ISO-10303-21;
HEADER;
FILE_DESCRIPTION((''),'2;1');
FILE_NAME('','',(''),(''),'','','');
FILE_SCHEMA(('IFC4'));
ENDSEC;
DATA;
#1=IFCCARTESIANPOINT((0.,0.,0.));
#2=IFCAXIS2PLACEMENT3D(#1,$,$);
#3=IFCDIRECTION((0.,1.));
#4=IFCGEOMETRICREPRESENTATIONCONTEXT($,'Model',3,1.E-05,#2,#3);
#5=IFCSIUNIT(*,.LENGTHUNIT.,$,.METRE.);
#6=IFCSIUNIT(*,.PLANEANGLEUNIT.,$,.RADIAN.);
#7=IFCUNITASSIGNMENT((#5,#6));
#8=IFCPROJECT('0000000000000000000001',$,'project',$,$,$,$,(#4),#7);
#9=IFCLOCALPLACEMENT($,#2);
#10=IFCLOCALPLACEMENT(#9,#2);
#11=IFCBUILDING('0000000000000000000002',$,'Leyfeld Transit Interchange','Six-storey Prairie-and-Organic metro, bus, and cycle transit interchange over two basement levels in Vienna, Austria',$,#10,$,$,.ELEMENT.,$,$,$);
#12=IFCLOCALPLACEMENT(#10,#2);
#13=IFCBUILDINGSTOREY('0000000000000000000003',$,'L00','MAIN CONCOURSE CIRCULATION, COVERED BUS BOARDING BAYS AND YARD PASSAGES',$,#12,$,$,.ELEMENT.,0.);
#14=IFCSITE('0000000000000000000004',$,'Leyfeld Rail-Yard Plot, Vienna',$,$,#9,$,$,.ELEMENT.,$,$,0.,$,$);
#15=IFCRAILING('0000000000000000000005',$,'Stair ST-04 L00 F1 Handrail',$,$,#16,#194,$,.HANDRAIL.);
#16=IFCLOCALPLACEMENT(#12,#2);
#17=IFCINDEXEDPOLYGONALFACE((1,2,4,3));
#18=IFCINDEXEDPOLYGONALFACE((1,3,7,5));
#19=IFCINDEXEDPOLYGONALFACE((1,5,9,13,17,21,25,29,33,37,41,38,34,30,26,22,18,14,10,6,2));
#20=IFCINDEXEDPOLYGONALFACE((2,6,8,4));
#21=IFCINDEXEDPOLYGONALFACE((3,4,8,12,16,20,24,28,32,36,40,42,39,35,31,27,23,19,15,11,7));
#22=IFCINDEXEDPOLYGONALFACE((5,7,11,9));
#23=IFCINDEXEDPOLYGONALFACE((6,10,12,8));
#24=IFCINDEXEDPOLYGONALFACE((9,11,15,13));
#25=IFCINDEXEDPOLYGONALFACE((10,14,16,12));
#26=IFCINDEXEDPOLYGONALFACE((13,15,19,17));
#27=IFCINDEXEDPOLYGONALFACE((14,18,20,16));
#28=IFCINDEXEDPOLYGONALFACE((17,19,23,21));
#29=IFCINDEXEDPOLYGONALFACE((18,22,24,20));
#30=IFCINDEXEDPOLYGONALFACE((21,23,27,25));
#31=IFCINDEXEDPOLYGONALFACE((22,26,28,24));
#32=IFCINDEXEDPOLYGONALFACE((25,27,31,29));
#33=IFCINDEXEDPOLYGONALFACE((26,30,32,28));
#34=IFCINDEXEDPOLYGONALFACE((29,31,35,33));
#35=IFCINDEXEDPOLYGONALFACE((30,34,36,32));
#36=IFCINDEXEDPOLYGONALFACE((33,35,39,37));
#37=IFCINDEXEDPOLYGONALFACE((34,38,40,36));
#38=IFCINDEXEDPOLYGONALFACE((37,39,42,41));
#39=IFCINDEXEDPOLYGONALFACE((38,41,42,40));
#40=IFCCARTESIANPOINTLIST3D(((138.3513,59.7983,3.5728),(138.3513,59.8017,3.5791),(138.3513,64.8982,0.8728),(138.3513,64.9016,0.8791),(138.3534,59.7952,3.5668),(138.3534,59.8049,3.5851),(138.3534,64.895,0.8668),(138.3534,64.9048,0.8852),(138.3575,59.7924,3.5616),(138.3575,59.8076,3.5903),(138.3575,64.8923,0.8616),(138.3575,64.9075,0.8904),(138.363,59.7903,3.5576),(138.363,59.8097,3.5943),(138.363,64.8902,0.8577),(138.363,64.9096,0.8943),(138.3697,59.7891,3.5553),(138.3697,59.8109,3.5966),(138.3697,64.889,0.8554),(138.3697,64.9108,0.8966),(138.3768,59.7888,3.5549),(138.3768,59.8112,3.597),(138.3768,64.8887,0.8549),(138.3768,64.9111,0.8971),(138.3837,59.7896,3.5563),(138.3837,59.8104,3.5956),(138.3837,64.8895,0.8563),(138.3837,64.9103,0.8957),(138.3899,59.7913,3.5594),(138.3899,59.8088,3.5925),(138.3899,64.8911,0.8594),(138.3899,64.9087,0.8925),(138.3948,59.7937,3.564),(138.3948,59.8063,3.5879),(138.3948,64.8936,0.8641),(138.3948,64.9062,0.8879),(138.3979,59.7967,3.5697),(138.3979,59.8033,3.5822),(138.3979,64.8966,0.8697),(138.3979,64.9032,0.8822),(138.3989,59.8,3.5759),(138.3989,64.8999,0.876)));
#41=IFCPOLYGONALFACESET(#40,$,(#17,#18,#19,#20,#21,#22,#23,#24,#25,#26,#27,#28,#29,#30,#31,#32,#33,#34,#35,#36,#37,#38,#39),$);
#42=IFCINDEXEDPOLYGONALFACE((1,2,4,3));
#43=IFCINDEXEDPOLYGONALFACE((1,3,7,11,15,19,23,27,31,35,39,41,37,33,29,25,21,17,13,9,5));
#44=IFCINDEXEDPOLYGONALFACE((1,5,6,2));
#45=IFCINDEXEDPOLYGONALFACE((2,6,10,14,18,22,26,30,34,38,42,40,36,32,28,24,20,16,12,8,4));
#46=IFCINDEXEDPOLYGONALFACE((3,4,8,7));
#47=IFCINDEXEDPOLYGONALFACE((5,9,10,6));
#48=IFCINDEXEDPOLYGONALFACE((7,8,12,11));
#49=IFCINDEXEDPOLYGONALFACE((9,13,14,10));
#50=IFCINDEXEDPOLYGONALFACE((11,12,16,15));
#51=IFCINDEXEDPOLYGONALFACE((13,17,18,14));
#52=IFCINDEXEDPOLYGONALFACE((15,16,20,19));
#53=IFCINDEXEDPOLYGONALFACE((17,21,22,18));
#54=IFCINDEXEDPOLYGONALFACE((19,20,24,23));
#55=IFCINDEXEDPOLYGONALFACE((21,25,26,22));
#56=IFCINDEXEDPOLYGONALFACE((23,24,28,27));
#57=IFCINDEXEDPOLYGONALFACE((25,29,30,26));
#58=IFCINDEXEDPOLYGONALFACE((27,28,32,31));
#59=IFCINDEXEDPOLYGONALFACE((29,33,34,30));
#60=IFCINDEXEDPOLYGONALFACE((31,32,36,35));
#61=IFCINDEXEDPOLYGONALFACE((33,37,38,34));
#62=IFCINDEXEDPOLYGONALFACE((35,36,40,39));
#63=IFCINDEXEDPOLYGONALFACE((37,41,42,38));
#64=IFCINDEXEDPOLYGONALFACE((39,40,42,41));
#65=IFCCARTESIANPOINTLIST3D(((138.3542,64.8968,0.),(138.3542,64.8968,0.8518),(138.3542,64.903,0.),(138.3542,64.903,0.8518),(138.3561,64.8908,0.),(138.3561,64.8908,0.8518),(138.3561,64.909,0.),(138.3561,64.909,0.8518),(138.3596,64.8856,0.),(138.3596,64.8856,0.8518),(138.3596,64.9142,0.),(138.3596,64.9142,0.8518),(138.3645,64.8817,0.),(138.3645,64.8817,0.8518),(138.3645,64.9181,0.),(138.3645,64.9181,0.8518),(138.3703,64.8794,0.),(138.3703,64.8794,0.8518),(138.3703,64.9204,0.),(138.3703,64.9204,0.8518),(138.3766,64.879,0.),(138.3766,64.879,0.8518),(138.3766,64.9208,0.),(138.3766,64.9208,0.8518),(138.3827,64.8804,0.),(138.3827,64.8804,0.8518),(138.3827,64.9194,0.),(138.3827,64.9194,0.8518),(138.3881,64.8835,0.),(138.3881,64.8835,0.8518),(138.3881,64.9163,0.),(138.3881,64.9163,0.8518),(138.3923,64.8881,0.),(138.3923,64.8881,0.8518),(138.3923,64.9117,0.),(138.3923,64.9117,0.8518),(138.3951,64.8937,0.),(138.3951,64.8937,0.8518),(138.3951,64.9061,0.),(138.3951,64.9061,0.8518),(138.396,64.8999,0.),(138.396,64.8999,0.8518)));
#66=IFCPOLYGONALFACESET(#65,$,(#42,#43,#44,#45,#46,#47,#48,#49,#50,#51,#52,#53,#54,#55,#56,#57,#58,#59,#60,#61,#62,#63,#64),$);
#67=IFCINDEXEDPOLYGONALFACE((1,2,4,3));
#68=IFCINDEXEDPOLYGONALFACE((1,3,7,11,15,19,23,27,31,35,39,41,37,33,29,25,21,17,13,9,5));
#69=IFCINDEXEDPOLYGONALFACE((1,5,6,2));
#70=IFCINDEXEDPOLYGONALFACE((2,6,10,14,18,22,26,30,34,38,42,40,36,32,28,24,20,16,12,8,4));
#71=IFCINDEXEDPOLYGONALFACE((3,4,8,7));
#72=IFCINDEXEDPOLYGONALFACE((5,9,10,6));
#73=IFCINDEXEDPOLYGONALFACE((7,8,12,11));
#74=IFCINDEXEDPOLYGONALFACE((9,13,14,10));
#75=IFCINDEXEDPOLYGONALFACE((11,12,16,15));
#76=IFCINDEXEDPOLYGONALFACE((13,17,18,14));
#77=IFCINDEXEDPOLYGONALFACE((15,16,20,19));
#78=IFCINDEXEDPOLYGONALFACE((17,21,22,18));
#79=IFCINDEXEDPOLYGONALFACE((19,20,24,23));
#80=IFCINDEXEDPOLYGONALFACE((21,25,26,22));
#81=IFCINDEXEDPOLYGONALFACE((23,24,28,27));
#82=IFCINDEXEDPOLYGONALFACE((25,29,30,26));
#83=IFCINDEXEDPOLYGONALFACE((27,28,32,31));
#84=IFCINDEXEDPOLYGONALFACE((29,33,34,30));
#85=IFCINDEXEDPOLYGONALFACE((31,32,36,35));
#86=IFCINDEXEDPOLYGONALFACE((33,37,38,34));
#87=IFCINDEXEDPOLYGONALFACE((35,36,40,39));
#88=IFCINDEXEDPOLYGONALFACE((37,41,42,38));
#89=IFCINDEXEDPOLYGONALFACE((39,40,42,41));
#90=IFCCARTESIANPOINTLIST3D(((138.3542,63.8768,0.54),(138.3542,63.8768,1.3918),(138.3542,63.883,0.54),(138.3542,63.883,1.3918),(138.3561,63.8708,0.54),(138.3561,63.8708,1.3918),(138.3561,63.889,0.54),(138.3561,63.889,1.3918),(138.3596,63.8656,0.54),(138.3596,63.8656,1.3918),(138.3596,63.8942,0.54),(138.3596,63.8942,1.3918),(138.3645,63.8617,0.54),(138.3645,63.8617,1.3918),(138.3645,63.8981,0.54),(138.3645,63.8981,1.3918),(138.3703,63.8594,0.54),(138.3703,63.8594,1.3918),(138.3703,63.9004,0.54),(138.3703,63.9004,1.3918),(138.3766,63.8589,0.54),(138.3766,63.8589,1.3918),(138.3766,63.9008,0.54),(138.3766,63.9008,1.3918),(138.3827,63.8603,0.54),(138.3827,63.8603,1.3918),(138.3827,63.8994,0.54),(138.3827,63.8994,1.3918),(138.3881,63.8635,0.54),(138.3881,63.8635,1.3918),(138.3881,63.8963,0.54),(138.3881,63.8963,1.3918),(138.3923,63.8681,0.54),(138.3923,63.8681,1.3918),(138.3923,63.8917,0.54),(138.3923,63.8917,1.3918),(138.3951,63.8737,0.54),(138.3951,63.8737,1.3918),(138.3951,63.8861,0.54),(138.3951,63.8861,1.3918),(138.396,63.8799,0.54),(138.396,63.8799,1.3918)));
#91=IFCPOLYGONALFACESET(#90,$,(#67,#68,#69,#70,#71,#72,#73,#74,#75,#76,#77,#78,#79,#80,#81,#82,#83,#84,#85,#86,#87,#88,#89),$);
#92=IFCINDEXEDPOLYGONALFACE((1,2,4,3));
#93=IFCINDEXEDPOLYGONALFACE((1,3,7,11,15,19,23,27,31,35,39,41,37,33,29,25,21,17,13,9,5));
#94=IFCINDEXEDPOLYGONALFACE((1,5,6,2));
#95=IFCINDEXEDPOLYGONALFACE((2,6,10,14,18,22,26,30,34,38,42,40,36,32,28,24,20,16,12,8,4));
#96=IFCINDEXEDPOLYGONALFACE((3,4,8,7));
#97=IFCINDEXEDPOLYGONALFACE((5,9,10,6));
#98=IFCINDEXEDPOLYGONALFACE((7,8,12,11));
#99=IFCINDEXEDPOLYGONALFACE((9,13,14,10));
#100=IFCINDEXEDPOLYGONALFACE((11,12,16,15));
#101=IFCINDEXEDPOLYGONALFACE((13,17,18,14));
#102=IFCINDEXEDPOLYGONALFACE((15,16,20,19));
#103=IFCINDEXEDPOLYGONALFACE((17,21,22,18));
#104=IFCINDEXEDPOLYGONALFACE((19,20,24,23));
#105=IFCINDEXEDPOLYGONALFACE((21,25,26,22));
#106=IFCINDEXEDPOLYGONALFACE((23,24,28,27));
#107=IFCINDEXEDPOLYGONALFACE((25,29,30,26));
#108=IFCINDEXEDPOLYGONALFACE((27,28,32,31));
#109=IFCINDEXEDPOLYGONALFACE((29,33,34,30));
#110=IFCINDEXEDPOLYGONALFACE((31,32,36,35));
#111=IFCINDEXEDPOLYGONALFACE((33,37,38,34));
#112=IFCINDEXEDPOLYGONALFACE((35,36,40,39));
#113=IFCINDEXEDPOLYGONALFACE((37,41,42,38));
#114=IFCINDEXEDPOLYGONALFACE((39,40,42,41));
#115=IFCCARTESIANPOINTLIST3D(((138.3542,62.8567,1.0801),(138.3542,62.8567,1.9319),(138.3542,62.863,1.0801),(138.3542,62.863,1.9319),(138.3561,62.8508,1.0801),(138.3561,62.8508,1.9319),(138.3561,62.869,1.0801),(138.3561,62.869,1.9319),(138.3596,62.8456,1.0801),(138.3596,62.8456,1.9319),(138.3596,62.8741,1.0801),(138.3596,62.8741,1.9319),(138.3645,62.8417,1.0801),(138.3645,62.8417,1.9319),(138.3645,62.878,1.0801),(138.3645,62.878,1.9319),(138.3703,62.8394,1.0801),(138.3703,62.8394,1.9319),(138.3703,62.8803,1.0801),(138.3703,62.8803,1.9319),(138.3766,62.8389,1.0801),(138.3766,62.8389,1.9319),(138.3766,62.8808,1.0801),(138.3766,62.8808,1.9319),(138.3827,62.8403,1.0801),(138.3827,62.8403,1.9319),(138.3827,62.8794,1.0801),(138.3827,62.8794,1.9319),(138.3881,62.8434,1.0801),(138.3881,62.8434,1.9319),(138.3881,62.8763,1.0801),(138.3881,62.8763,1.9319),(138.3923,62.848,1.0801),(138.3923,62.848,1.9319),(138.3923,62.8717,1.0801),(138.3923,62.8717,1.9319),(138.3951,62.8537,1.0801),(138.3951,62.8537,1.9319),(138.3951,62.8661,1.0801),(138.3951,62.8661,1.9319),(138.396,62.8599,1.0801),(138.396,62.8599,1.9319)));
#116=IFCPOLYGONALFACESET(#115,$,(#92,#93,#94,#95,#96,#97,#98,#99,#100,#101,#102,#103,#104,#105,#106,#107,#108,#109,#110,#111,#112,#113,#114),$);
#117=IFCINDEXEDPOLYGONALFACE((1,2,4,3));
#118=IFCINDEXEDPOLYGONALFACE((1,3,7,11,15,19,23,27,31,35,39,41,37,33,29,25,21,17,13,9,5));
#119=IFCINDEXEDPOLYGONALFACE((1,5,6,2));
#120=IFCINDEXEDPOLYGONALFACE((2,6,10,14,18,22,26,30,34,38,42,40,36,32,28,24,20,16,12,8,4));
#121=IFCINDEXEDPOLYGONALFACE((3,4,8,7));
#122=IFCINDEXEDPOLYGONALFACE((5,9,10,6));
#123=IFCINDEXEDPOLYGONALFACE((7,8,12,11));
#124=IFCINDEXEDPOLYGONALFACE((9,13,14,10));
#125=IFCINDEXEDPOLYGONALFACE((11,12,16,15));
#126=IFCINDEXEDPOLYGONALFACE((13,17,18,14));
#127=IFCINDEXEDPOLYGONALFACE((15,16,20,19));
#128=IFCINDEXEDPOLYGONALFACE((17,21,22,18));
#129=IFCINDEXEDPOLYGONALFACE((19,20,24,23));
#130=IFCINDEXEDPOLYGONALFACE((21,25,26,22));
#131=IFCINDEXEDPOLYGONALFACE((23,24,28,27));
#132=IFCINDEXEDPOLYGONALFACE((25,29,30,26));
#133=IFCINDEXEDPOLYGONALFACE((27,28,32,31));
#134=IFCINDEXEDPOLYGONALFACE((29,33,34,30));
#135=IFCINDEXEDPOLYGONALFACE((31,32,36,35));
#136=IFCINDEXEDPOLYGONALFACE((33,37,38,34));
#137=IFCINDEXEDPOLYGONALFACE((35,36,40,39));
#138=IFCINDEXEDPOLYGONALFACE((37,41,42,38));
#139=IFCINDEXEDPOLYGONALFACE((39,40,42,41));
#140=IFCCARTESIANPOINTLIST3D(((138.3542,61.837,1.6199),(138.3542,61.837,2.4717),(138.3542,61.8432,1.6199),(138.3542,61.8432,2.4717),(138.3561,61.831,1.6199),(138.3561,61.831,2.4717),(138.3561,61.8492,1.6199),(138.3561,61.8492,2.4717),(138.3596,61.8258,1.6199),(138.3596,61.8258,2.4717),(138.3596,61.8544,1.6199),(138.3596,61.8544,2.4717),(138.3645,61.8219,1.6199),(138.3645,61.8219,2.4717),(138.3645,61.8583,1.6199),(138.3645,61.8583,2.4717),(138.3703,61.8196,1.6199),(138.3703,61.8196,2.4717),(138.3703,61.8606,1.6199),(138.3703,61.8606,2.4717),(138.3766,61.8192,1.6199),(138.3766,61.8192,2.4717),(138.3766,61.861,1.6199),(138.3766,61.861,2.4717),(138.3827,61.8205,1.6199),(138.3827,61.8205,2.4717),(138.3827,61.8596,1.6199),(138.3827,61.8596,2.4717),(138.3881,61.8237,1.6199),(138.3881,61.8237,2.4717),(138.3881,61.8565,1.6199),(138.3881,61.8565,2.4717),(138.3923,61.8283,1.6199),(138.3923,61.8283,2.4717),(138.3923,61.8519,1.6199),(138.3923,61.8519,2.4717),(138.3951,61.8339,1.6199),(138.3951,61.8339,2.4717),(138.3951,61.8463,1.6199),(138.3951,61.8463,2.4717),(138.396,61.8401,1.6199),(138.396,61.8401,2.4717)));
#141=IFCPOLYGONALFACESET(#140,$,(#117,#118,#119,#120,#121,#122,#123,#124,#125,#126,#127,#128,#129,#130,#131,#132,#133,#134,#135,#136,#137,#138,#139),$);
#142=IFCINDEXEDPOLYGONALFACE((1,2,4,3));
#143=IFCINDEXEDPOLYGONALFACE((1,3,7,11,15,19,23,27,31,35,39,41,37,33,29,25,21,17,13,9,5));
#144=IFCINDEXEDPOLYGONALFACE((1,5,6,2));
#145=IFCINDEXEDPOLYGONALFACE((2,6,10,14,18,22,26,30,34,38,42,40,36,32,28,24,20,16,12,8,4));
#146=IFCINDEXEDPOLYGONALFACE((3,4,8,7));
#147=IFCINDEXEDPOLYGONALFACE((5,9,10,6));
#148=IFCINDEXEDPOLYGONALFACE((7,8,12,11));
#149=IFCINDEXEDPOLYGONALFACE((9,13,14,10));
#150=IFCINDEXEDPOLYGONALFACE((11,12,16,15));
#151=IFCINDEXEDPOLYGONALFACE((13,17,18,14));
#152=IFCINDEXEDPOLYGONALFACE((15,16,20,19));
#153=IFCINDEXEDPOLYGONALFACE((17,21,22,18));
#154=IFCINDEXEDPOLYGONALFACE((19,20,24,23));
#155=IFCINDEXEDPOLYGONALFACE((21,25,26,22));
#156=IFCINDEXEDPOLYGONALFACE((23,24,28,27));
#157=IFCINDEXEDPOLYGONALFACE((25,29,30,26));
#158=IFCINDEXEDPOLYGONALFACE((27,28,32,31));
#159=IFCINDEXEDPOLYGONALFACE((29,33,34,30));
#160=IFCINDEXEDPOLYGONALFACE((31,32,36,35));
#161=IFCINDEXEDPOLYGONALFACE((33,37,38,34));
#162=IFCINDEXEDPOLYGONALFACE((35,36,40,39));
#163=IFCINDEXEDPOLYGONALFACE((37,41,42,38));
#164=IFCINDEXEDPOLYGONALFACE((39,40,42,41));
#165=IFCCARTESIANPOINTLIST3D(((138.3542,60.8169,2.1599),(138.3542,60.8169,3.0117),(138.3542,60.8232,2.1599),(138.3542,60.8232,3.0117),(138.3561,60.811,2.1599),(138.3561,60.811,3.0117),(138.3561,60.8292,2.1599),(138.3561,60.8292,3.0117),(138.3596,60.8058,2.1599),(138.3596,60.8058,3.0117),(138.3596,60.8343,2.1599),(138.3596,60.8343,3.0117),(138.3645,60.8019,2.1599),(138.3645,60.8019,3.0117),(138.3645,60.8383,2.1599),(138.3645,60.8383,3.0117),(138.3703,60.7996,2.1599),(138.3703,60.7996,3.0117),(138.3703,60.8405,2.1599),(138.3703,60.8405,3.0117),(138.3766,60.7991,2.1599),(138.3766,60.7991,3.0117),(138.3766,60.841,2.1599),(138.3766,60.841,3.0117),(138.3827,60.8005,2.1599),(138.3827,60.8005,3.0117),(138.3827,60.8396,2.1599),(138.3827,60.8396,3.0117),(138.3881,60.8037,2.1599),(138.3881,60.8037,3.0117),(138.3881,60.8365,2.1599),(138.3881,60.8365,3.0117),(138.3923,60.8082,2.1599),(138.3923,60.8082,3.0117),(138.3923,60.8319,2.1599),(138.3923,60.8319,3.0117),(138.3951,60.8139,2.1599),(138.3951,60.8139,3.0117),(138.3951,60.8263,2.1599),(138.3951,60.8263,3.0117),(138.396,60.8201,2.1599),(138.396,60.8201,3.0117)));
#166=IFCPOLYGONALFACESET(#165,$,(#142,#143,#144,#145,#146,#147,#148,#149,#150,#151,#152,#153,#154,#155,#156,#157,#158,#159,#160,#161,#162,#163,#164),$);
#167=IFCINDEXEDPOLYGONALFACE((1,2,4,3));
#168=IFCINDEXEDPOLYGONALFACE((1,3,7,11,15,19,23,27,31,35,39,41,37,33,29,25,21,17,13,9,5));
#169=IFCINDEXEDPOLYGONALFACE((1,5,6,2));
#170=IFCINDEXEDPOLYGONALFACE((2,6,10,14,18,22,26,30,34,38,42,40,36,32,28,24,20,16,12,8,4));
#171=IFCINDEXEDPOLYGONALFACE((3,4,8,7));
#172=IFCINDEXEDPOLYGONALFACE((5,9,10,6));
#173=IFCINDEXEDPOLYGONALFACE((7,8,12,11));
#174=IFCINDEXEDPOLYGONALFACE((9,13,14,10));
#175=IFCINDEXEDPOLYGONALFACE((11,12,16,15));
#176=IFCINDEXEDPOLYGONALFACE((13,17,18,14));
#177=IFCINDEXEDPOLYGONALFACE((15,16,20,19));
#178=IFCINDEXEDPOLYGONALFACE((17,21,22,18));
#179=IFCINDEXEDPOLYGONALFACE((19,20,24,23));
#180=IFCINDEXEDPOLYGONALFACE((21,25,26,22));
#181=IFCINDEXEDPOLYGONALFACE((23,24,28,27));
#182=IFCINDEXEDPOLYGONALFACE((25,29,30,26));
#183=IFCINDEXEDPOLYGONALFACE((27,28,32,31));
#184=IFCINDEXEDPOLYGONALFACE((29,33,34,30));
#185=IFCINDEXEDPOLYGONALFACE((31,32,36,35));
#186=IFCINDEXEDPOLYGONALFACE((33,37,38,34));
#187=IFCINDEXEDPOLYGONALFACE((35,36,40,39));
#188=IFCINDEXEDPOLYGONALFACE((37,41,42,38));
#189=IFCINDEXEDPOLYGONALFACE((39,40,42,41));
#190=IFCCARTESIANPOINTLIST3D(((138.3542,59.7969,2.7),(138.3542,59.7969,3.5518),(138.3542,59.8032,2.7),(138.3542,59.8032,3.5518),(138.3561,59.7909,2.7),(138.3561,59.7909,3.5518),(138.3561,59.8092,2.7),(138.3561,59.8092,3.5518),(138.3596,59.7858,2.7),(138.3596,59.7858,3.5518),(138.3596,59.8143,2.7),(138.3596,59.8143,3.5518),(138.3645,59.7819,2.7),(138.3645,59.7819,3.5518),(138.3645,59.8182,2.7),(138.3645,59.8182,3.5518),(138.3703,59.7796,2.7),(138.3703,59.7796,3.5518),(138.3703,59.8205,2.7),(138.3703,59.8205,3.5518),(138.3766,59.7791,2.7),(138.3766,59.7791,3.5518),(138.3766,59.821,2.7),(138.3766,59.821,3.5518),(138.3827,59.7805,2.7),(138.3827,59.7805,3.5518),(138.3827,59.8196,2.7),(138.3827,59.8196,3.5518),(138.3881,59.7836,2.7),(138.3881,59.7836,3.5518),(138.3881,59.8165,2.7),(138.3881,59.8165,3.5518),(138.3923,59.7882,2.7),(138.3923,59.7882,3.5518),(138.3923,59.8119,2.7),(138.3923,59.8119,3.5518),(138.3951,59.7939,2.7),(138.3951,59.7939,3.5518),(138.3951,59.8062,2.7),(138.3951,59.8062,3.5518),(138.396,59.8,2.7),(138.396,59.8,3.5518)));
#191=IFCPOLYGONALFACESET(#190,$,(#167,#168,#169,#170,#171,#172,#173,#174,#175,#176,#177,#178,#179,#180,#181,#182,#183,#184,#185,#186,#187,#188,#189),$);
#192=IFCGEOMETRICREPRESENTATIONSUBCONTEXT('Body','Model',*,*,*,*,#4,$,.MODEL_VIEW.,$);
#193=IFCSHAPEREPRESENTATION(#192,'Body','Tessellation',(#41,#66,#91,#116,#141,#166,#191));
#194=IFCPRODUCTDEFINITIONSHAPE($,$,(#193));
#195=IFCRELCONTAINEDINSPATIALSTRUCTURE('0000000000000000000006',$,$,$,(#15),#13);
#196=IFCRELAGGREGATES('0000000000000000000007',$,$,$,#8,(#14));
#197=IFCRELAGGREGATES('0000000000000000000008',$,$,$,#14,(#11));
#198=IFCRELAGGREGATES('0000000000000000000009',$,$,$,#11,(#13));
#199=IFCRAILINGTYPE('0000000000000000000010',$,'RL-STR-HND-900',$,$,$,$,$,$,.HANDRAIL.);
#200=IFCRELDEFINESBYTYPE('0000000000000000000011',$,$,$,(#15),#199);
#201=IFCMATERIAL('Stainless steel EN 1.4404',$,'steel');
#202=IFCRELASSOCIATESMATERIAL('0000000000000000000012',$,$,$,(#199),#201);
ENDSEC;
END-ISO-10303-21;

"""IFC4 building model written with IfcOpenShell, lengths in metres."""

from ifc_helpers import new_model, si_unit, direction, frame, origin, origin_2d, place, context, subcontext, project, spatial, circle, extrude, material, type_object, element, save


model = new_model("IFC4")

# Units and contexts
model_context = context("Model", 3, precision=1e-05, world=origin(), true_north=direction((0.0, 1.0)))
body_context = subcontext(model_context, "Body", "Model", "MODEL_VIEW")
ifc_project = project(units=[si_unit("LENGTHUNIT", "METRE"), si_unit("PLANEANGLEUNIT", "RADIAN")], contexts=[model_context])

# Site, building, storey
site_placement = place(None, origin())
site = spatial("IfcSite", under=ifc_project, at=site_placement, Name="Leyfeld Rail-Yard Plot, Vienna", CompositionType="ELEMENT", RefElevation=0.0)
building_placement = place(site_placement, origin())
building = spatial("IfcBuilding", under=site, at=building_placement, Name="Leyfeld Transit Interchange", Description="Six-storey Prairie-and-Organic metro, bus, and cycle transit interchange over two basement levels in Vienna, Austria", CompositionType="ELEMENT")
storey_placement = place(building_placement, origin())
storey = spatial("IfcBuildingStorey", under=building, at=storey_placement, Name="L00", Description="MAIN CONCOURSE CIRCULATION, COVERED BUS BOARDING BAYS AND YARD PASSAGES", CompositionType="ELEMENT", Elevation=0.0)

# Railing
ifc_material_1 = material(Name="Stainless steel EN 1.4404", Category="steel")
railing_type_1 = type_object("IfcRailingType", Name="RL-STR-HND-900", PredefinedType="HANDRAIL", material=ifc_material_1)
railing_1_placement = place(storey_placement, frame((138.375, 64.8999, 0.0)))
element("IfcRailing", 1, at=railing_1_placement, inside=storey, type_object=railing_type_1, Name="Stair ST-04 L00 F1 Handrail", PredefinedType="HANDRAIL", context=body_context, shape_type="SweptSolid", body=[
    extrude(circle(Radius=0.0239, at=origin_2d()), frame((0.0, 0.0, 0.876), z_axis=(0.0, -0.883786, 0.467892), x_axis=(1.0, 0.0, 0.0)), (0.0, 0.0, 1.0), 5.7705),
    extrude(circle(Radius=0.021, at=origin_2d()), origin(), (0.0, 0.0, 1.0), 0.8518),
    extrude(circle(Radius=0.021, at=origin_2d()), frame((0.0, -1.02, 0.54)), (0.0, 0.0, 1.0), 0.8518),
    extrude(circle(Radius=0.021, at=origin_2d()), frame((0.0, -2.04, 1.0801)), (0.0, 0.0, 1.0), 0.8518),
    extrude(circle(Radius=0.021, at=origin_2d()), frame((0.0, -3.0598, 1.6199)), (0.0, 0.0, 1.0), 0.8518),
    extrude(circle(Radius=0.021, at=origin_2d()), frame((0.0, -4.0798, 2.1599)), (0.0, 0.0, 1.0), 0.8518),
    extrude(circle(Radius=0.021, at=origin_2d()), frame((0.0, -5.0999, 2.7)), (0.0, 0.0, 1.0), 0.8518),
])

save(model, "model.ifc")
